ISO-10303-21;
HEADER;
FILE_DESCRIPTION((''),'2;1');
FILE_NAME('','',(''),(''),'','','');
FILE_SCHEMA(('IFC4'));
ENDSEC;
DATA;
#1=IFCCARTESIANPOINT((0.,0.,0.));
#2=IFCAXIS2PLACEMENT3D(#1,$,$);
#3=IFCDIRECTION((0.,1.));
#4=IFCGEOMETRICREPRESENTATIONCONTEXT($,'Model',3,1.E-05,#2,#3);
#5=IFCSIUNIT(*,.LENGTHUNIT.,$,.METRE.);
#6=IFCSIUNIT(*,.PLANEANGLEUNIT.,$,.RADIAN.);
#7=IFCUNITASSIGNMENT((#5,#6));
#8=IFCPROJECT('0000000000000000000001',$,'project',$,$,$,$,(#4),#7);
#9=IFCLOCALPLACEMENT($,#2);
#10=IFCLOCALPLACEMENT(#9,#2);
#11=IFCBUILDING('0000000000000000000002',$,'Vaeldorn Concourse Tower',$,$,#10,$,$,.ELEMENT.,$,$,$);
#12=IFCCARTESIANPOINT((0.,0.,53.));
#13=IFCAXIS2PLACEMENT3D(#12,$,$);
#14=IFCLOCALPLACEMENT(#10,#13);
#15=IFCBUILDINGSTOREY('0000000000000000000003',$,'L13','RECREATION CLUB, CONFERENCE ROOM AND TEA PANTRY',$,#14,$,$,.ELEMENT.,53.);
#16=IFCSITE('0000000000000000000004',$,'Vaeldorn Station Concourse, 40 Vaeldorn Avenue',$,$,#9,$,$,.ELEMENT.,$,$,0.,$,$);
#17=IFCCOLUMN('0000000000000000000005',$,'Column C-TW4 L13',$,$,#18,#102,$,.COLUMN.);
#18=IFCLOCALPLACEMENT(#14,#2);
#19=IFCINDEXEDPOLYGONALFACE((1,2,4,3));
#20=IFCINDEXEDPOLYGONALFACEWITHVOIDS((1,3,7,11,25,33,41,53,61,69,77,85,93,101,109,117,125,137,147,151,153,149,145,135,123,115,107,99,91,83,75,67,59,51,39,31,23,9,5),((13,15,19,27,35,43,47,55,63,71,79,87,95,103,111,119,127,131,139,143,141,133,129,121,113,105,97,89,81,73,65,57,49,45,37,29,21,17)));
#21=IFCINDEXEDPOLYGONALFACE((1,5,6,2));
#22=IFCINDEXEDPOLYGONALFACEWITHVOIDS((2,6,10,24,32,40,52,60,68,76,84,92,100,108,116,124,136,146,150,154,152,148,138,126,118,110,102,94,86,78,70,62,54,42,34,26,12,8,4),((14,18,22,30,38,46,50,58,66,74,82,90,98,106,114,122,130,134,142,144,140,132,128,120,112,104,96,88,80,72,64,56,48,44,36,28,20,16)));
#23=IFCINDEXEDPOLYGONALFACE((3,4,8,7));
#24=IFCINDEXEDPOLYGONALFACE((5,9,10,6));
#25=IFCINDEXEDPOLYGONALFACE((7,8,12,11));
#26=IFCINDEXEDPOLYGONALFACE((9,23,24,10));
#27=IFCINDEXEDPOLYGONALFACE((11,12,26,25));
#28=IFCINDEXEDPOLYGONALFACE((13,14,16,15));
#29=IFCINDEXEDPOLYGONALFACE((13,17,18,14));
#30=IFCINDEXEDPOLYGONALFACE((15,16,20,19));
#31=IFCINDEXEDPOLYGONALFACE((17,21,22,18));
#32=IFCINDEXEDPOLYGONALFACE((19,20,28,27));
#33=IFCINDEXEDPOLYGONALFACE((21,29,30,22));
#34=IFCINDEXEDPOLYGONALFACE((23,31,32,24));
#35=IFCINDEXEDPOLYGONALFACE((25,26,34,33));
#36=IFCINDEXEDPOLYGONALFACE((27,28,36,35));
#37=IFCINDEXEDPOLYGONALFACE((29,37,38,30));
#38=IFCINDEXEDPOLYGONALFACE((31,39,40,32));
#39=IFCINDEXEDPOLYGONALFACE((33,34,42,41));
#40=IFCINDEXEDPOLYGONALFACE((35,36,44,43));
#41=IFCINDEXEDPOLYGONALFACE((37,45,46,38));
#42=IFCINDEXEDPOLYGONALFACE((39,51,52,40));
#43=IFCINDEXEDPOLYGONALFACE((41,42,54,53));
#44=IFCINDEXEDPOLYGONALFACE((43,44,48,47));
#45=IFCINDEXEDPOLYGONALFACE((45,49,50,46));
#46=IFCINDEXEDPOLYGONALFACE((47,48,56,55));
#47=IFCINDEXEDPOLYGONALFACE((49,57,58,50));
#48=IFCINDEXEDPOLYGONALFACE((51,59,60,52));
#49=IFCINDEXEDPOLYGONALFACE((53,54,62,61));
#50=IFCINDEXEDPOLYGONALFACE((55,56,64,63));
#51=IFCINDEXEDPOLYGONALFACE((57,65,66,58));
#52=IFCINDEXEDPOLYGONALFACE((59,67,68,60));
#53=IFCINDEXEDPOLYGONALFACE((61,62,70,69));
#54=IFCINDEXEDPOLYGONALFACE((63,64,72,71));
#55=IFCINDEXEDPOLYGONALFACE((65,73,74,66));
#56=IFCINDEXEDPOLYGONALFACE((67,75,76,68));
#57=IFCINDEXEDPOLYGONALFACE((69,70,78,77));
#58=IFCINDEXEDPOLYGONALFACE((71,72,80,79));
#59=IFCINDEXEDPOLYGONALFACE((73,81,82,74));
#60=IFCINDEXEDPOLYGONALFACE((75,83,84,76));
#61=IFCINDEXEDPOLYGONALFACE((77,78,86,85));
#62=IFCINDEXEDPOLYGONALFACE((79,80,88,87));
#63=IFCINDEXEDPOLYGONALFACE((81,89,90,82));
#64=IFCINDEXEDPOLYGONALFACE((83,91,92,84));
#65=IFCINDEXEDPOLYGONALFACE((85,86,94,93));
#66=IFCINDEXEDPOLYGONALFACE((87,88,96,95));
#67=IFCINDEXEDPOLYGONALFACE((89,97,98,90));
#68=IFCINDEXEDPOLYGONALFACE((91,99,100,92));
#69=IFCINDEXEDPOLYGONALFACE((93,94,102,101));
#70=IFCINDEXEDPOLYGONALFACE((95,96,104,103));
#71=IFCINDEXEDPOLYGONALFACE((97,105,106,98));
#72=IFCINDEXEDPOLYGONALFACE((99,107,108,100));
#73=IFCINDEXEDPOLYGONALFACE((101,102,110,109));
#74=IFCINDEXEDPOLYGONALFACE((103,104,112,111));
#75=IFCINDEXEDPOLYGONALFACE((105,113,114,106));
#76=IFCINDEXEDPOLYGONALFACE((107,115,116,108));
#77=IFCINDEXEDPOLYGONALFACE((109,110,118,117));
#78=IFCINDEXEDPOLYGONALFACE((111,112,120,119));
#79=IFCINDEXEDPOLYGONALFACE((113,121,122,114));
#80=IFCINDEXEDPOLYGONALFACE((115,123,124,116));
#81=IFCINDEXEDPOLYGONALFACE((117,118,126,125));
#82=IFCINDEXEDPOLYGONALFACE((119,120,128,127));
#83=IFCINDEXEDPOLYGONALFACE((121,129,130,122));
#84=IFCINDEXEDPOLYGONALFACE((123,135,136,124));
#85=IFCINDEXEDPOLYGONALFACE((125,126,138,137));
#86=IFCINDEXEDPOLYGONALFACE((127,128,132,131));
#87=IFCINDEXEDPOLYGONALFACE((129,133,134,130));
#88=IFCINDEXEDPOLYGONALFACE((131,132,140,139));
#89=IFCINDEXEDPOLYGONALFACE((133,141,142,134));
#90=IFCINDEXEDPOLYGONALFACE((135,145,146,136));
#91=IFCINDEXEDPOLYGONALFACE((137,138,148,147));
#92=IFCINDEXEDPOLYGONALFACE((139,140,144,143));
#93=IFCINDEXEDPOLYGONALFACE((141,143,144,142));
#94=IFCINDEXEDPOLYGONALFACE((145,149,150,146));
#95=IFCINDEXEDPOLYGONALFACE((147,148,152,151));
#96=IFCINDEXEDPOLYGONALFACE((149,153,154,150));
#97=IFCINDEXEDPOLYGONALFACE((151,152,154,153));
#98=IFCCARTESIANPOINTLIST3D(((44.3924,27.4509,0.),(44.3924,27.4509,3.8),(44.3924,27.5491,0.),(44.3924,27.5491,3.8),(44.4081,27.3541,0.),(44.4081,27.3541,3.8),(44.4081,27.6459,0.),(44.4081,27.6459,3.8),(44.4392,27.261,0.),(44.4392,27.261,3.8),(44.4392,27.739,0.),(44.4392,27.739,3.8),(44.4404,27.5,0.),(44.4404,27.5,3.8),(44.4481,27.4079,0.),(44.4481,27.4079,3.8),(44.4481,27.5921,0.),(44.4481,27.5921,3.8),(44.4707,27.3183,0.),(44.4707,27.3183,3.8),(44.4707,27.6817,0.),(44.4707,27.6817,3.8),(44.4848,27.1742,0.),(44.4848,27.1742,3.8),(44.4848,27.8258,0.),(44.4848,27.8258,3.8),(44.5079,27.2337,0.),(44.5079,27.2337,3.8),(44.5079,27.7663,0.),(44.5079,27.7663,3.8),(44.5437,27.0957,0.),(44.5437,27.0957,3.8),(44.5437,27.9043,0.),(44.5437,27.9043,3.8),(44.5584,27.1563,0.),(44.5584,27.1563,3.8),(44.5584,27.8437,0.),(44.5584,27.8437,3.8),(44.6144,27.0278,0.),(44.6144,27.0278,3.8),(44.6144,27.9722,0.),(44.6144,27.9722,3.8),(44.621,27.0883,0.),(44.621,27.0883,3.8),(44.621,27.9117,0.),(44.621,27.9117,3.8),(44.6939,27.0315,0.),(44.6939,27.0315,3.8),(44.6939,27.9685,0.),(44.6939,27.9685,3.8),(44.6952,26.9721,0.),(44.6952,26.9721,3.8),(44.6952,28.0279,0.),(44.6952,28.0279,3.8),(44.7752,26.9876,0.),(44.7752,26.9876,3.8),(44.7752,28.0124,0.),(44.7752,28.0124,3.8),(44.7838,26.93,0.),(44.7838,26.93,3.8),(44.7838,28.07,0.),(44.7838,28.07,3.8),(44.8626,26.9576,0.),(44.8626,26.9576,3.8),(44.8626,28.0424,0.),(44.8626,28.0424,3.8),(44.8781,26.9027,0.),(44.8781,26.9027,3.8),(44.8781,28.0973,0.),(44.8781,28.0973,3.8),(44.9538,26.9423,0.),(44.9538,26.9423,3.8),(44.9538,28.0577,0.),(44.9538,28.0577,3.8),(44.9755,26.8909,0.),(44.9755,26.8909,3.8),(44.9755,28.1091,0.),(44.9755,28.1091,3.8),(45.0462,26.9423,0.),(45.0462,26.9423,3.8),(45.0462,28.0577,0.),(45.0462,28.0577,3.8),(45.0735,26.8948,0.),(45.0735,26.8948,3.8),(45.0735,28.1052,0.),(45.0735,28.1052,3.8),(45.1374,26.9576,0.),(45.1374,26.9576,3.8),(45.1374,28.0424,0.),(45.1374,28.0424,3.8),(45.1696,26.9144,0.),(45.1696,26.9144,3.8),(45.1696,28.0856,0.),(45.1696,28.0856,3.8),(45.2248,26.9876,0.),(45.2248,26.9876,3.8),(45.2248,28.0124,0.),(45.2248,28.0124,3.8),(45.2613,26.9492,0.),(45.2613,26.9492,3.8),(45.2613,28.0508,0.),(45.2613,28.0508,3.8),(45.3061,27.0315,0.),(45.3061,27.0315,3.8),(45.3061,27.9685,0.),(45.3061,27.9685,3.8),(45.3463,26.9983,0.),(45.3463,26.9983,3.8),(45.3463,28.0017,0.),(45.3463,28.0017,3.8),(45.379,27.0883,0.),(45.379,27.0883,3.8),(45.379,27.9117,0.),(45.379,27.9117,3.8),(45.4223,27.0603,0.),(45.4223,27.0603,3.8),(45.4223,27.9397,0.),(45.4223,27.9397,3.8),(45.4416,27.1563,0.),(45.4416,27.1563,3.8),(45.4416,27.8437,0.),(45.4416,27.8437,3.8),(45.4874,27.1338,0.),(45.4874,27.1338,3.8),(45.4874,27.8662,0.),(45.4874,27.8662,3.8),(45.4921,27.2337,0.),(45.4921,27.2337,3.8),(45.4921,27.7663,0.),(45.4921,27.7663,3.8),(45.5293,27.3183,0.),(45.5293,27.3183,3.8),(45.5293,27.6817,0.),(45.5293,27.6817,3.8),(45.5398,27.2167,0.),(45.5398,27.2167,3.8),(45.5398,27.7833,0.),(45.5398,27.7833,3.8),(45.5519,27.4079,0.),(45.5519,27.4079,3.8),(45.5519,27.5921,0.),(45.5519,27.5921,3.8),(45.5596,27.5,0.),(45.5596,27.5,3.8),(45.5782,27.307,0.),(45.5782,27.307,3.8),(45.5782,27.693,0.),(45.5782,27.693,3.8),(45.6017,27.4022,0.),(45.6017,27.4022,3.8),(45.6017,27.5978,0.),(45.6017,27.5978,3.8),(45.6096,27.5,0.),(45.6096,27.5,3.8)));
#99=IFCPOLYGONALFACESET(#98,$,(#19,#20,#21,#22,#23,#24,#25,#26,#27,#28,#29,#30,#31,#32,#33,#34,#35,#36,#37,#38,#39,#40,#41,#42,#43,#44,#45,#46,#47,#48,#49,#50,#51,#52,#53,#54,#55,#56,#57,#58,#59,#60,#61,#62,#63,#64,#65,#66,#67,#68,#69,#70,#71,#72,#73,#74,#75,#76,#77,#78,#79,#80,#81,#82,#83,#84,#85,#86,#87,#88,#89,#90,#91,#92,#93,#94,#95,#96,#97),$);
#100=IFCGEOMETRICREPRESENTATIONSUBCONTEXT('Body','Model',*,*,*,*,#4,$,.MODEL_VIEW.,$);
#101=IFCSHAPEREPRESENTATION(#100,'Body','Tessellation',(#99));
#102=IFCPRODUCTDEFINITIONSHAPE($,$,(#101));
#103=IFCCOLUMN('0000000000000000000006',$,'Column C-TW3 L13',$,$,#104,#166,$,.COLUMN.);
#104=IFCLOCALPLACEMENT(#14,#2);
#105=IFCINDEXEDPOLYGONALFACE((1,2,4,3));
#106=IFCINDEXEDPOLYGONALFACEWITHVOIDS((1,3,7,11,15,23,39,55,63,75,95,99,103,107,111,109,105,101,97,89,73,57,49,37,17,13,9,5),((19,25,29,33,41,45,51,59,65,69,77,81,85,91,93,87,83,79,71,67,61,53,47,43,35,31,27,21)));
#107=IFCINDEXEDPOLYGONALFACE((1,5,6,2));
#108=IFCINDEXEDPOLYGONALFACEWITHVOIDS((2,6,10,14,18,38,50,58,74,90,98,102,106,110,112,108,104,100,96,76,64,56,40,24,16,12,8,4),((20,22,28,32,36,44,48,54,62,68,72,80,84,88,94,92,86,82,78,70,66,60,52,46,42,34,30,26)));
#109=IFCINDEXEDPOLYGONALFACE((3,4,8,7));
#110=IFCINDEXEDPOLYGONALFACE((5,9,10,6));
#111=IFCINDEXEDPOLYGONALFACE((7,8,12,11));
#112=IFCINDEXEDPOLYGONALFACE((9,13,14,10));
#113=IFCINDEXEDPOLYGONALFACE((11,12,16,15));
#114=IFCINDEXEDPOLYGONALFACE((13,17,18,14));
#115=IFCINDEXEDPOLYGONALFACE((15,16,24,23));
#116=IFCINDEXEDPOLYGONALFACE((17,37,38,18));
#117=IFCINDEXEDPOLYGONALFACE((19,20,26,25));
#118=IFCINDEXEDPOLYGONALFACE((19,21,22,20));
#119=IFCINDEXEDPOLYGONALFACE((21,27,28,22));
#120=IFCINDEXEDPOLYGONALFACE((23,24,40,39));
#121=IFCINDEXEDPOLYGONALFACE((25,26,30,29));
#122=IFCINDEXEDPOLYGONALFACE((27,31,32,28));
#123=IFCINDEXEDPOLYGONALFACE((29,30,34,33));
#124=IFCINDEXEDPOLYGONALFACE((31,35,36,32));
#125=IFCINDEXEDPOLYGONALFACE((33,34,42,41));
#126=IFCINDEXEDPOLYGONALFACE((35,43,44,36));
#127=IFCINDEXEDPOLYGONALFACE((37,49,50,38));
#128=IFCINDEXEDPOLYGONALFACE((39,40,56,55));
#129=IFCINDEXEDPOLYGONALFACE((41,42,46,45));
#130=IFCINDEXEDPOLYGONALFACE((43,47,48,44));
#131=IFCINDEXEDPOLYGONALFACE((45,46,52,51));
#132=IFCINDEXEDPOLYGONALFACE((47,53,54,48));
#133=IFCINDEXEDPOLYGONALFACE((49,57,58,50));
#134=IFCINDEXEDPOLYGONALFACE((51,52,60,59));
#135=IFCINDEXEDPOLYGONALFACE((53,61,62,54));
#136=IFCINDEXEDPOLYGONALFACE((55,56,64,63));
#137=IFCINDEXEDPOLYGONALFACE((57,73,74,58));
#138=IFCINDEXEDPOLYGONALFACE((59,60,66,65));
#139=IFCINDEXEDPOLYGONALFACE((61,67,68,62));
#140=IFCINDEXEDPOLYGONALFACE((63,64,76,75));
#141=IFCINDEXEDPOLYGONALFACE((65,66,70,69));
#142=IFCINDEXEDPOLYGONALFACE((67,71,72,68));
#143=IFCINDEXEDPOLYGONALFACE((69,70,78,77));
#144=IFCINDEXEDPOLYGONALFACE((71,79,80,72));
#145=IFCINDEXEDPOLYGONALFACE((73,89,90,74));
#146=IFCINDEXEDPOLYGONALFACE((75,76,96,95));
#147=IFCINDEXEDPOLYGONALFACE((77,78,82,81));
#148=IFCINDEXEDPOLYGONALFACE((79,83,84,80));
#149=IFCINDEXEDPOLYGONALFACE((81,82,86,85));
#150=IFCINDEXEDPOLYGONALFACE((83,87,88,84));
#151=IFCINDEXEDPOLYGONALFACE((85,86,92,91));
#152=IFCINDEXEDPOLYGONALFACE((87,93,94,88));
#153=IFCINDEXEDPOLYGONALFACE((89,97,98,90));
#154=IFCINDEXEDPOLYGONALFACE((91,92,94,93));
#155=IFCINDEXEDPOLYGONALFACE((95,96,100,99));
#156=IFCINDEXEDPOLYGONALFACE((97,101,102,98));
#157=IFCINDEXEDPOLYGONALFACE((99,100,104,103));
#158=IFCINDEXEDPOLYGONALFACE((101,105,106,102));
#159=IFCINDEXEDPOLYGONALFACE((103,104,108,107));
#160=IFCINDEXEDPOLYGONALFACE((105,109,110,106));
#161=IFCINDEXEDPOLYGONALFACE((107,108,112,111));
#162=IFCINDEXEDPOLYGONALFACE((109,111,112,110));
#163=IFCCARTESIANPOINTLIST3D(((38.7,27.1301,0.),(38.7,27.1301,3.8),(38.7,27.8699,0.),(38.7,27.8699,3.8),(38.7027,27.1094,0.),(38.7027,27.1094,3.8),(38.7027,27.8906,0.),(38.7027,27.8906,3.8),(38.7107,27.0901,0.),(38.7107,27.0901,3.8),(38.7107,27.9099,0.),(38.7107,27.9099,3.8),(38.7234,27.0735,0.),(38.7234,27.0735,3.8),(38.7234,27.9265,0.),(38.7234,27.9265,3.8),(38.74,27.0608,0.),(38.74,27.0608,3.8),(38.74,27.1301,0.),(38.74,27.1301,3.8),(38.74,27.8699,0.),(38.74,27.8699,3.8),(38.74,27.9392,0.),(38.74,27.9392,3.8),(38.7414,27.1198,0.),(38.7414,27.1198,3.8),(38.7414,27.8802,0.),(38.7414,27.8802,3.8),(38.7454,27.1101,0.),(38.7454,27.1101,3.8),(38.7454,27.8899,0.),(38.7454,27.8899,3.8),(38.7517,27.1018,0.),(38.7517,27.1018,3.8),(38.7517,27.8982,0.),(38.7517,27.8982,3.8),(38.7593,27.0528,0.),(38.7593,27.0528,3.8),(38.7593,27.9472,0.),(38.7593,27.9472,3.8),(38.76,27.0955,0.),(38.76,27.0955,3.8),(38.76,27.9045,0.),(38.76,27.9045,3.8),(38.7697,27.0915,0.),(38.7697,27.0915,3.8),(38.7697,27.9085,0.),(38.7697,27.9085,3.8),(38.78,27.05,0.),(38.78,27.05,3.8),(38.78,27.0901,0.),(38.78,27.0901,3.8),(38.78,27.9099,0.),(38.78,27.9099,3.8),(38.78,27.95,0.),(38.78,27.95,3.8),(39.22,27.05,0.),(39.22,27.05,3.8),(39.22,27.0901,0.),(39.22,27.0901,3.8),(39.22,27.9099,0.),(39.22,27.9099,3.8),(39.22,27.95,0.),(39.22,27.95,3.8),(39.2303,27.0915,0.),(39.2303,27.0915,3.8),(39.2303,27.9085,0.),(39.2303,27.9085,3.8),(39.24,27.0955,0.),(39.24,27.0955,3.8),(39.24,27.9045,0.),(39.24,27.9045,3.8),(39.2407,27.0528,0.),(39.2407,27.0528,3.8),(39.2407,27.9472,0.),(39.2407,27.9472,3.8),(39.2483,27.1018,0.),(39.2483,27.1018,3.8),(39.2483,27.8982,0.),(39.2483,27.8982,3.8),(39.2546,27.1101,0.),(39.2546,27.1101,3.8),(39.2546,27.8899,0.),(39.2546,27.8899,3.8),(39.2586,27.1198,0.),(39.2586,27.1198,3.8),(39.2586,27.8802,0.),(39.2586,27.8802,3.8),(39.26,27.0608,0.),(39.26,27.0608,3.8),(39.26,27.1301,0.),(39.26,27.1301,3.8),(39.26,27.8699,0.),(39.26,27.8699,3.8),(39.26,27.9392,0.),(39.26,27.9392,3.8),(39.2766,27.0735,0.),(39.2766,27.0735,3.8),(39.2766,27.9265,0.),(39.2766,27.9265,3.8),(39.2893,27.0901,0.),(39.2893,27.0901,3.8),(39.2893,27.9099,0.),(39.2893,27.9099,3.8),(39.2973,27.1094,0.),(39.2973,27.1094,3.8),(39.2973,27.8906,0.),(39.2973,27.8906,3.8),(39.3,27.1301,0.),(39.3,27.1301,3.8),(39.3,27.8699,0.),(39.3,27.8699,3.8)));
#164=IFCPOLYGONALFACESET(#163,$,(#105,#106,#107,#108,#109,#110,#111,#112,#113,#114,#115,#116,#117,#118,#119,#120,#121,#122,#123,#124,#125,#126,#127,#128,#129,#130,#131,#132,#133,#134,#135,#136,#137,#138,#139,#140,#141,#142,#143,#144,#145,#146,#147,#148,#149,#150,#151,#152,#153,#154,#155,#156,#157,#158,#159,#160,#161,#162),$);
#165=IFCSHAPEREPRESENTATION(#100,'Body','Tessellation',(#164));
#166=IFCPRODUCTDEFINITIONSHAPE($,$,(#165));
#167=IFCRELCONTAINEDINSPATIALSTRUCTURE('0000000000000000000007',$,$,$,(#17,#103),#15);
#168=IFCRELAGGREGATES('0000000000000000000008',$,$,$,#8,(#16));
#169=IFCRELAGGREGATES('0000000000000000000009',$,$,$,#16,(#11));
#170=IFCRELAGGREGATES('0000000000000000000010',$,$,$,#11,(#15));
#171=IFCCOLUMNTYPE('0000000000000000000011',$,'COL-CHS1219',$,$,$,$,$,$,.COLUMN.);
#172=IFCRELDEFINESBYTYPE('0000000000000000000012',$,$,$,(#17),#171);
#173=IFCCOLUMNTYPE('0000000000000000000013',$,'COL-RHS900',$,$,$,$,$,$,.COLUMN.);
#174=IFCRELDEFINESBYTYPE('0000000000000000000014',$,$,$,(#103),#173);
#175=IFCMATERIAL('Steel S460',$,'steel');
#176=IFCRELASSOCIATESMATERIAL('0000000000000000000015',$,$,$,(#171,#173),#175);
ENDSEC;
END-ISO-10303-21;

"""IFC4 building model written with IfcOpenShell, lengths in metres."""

from ifc_helpers import new_model, si_unit, direction, frame, origin, origin_2d, place, context, subcontext, project, spatial, hollow_rectangle, hollow_circle, extrude, source, transform, mapped, material, material_profile, profile_set, type_object, element, save


model = new_model("IFC4")

# Units and contexts
model_context = context("Model", 3, precision=1e-05, world=origin(), true_north=direction((0.0, 1.0)))
body_context = subcontext(model_context, "Body", "Model", "MODEL_VIEW")
ifc_project = project(units=[si_unit("LENGTHUNIT", "METRE"), si_unit("PLANEANGLEUNIT", "RADIAN")], contexts=[model_context])

# Site, building, storey
site_placement = place(None, origin())
site = spatial("IfcSite", under=ifc_project, at=site_placement, Name="Vaeldorn Station Concourse, 40 Vaeldorn Avenue", CompositionType="ELEMENT", RefElevation=0.0)
building_placement = place(site_placement, origin())
building = spatial("IfcBuilding", under=site, at=building_placement, Name="Vaeldorn Concourse Tower", CompositionType="ELEMENT")
storey_placement = place(building_placement, frame((0.0, 0.0, 53.0)))
storey = spatial("IfcBuildingStorey", under=building, at=storey_placement, Name="L13", Description="RECREATION CLUB, CONFERENCE ROOM AND TEA PANTRY", CompositionType="ELEMENT", Elevation=53.0)

# Columns
ifc_material_1 = material(Name="Steel S460", Category="steel")
ifc_material_profile_1 = material_profile(ifc_material_1, hollow_circle(Radius=0.6096, WallThickness=0.05, at=origin_2d()), Name="CHS 1219x50")
ifc_profile_set_1 = profile_set([ifc_material_profile_1], Name="Steel S460")
column_type_1 = type_object("IfcColumnType", Name="COL-CHS1219", PredefinedType="COLUMN", material=ifc_profile_set_1)
shared_shape_1 = source(origin(), body_context, "Body", "SweptSolid", [
    extrude(hollow_circle(Radius=0.6096, WallThickness=0.05, at=origin_2d()), origin(), (0.0, 0.0, 1.0), 3.8),
])
column_placement = place(storey_placement, frame((45.0, 27.5, 0.0), z_axis=(0.0, 0.0, 1.0), x_axis=(1.0, 0.0, 0.0)))
element("IfcColumn", 1, at=column_placement, inside=storey, type_object=column_type_1, Name="Column C-TW4 L13", PredefinedType="COLUMN", context=body_context, shape_type="MappedRepresentation", body=[
    mapped(shared_shape_1, transform((0.0, 0.0, 0.0), scale=1.0)),
])
ifc_material_profile_2 = material_profile(ifc_material_1, hollow_rectangle(XDim=0.6001, YDim=0.8999, WallThickness=0.04, InnerFilletRadius=0.04, OuterFilletRadius=0.0801, at=origin_2d()), Name="RHS 900x600x40")
ifc_profile_set_2 = profile_set([ifc_material_profile_2], Name="Steel S460")
column_type_2 = type_object("IfcColumnType", Name="COL-RHS900", PredefinedType="COLUMN", material=ifc_profile_set_2)
shared_shape_2 = source(origin(), body_context, "Body", "SweptSolid", [
    extrude(hollow_rectangle(XDim=0.6001, YDim=0.8999, WallThickness=0.04, InnerFilletRadius=0.04, OuterFilletRadius=0.0801, at=origin_2d()), origin(), (0.0, 0.0, 1.0), 3.8),
])
for number, where, z_axis, x_axis, name in (
    (2, (39.0, 27.5, 0.0), (0.0, 0.0, 1.0), (1.0, 0.0, 0.0), "Column C-TW3 L13"),
):
    element("IfcColumn", number, at=place(storey_placement, frame(where, z_axis=z_axis, x_axis=x_axis)), inside=storey, type_object=column_type_2, Name=name, PredefinedType="COLUMN", context=body_context, shape_type="MappedRepresentation", body=[
        mapped(shared_shape_2, transform((0.0, 0.0, 0.0), scale=1.0)),
    ])

save(model, "model.ifc")
